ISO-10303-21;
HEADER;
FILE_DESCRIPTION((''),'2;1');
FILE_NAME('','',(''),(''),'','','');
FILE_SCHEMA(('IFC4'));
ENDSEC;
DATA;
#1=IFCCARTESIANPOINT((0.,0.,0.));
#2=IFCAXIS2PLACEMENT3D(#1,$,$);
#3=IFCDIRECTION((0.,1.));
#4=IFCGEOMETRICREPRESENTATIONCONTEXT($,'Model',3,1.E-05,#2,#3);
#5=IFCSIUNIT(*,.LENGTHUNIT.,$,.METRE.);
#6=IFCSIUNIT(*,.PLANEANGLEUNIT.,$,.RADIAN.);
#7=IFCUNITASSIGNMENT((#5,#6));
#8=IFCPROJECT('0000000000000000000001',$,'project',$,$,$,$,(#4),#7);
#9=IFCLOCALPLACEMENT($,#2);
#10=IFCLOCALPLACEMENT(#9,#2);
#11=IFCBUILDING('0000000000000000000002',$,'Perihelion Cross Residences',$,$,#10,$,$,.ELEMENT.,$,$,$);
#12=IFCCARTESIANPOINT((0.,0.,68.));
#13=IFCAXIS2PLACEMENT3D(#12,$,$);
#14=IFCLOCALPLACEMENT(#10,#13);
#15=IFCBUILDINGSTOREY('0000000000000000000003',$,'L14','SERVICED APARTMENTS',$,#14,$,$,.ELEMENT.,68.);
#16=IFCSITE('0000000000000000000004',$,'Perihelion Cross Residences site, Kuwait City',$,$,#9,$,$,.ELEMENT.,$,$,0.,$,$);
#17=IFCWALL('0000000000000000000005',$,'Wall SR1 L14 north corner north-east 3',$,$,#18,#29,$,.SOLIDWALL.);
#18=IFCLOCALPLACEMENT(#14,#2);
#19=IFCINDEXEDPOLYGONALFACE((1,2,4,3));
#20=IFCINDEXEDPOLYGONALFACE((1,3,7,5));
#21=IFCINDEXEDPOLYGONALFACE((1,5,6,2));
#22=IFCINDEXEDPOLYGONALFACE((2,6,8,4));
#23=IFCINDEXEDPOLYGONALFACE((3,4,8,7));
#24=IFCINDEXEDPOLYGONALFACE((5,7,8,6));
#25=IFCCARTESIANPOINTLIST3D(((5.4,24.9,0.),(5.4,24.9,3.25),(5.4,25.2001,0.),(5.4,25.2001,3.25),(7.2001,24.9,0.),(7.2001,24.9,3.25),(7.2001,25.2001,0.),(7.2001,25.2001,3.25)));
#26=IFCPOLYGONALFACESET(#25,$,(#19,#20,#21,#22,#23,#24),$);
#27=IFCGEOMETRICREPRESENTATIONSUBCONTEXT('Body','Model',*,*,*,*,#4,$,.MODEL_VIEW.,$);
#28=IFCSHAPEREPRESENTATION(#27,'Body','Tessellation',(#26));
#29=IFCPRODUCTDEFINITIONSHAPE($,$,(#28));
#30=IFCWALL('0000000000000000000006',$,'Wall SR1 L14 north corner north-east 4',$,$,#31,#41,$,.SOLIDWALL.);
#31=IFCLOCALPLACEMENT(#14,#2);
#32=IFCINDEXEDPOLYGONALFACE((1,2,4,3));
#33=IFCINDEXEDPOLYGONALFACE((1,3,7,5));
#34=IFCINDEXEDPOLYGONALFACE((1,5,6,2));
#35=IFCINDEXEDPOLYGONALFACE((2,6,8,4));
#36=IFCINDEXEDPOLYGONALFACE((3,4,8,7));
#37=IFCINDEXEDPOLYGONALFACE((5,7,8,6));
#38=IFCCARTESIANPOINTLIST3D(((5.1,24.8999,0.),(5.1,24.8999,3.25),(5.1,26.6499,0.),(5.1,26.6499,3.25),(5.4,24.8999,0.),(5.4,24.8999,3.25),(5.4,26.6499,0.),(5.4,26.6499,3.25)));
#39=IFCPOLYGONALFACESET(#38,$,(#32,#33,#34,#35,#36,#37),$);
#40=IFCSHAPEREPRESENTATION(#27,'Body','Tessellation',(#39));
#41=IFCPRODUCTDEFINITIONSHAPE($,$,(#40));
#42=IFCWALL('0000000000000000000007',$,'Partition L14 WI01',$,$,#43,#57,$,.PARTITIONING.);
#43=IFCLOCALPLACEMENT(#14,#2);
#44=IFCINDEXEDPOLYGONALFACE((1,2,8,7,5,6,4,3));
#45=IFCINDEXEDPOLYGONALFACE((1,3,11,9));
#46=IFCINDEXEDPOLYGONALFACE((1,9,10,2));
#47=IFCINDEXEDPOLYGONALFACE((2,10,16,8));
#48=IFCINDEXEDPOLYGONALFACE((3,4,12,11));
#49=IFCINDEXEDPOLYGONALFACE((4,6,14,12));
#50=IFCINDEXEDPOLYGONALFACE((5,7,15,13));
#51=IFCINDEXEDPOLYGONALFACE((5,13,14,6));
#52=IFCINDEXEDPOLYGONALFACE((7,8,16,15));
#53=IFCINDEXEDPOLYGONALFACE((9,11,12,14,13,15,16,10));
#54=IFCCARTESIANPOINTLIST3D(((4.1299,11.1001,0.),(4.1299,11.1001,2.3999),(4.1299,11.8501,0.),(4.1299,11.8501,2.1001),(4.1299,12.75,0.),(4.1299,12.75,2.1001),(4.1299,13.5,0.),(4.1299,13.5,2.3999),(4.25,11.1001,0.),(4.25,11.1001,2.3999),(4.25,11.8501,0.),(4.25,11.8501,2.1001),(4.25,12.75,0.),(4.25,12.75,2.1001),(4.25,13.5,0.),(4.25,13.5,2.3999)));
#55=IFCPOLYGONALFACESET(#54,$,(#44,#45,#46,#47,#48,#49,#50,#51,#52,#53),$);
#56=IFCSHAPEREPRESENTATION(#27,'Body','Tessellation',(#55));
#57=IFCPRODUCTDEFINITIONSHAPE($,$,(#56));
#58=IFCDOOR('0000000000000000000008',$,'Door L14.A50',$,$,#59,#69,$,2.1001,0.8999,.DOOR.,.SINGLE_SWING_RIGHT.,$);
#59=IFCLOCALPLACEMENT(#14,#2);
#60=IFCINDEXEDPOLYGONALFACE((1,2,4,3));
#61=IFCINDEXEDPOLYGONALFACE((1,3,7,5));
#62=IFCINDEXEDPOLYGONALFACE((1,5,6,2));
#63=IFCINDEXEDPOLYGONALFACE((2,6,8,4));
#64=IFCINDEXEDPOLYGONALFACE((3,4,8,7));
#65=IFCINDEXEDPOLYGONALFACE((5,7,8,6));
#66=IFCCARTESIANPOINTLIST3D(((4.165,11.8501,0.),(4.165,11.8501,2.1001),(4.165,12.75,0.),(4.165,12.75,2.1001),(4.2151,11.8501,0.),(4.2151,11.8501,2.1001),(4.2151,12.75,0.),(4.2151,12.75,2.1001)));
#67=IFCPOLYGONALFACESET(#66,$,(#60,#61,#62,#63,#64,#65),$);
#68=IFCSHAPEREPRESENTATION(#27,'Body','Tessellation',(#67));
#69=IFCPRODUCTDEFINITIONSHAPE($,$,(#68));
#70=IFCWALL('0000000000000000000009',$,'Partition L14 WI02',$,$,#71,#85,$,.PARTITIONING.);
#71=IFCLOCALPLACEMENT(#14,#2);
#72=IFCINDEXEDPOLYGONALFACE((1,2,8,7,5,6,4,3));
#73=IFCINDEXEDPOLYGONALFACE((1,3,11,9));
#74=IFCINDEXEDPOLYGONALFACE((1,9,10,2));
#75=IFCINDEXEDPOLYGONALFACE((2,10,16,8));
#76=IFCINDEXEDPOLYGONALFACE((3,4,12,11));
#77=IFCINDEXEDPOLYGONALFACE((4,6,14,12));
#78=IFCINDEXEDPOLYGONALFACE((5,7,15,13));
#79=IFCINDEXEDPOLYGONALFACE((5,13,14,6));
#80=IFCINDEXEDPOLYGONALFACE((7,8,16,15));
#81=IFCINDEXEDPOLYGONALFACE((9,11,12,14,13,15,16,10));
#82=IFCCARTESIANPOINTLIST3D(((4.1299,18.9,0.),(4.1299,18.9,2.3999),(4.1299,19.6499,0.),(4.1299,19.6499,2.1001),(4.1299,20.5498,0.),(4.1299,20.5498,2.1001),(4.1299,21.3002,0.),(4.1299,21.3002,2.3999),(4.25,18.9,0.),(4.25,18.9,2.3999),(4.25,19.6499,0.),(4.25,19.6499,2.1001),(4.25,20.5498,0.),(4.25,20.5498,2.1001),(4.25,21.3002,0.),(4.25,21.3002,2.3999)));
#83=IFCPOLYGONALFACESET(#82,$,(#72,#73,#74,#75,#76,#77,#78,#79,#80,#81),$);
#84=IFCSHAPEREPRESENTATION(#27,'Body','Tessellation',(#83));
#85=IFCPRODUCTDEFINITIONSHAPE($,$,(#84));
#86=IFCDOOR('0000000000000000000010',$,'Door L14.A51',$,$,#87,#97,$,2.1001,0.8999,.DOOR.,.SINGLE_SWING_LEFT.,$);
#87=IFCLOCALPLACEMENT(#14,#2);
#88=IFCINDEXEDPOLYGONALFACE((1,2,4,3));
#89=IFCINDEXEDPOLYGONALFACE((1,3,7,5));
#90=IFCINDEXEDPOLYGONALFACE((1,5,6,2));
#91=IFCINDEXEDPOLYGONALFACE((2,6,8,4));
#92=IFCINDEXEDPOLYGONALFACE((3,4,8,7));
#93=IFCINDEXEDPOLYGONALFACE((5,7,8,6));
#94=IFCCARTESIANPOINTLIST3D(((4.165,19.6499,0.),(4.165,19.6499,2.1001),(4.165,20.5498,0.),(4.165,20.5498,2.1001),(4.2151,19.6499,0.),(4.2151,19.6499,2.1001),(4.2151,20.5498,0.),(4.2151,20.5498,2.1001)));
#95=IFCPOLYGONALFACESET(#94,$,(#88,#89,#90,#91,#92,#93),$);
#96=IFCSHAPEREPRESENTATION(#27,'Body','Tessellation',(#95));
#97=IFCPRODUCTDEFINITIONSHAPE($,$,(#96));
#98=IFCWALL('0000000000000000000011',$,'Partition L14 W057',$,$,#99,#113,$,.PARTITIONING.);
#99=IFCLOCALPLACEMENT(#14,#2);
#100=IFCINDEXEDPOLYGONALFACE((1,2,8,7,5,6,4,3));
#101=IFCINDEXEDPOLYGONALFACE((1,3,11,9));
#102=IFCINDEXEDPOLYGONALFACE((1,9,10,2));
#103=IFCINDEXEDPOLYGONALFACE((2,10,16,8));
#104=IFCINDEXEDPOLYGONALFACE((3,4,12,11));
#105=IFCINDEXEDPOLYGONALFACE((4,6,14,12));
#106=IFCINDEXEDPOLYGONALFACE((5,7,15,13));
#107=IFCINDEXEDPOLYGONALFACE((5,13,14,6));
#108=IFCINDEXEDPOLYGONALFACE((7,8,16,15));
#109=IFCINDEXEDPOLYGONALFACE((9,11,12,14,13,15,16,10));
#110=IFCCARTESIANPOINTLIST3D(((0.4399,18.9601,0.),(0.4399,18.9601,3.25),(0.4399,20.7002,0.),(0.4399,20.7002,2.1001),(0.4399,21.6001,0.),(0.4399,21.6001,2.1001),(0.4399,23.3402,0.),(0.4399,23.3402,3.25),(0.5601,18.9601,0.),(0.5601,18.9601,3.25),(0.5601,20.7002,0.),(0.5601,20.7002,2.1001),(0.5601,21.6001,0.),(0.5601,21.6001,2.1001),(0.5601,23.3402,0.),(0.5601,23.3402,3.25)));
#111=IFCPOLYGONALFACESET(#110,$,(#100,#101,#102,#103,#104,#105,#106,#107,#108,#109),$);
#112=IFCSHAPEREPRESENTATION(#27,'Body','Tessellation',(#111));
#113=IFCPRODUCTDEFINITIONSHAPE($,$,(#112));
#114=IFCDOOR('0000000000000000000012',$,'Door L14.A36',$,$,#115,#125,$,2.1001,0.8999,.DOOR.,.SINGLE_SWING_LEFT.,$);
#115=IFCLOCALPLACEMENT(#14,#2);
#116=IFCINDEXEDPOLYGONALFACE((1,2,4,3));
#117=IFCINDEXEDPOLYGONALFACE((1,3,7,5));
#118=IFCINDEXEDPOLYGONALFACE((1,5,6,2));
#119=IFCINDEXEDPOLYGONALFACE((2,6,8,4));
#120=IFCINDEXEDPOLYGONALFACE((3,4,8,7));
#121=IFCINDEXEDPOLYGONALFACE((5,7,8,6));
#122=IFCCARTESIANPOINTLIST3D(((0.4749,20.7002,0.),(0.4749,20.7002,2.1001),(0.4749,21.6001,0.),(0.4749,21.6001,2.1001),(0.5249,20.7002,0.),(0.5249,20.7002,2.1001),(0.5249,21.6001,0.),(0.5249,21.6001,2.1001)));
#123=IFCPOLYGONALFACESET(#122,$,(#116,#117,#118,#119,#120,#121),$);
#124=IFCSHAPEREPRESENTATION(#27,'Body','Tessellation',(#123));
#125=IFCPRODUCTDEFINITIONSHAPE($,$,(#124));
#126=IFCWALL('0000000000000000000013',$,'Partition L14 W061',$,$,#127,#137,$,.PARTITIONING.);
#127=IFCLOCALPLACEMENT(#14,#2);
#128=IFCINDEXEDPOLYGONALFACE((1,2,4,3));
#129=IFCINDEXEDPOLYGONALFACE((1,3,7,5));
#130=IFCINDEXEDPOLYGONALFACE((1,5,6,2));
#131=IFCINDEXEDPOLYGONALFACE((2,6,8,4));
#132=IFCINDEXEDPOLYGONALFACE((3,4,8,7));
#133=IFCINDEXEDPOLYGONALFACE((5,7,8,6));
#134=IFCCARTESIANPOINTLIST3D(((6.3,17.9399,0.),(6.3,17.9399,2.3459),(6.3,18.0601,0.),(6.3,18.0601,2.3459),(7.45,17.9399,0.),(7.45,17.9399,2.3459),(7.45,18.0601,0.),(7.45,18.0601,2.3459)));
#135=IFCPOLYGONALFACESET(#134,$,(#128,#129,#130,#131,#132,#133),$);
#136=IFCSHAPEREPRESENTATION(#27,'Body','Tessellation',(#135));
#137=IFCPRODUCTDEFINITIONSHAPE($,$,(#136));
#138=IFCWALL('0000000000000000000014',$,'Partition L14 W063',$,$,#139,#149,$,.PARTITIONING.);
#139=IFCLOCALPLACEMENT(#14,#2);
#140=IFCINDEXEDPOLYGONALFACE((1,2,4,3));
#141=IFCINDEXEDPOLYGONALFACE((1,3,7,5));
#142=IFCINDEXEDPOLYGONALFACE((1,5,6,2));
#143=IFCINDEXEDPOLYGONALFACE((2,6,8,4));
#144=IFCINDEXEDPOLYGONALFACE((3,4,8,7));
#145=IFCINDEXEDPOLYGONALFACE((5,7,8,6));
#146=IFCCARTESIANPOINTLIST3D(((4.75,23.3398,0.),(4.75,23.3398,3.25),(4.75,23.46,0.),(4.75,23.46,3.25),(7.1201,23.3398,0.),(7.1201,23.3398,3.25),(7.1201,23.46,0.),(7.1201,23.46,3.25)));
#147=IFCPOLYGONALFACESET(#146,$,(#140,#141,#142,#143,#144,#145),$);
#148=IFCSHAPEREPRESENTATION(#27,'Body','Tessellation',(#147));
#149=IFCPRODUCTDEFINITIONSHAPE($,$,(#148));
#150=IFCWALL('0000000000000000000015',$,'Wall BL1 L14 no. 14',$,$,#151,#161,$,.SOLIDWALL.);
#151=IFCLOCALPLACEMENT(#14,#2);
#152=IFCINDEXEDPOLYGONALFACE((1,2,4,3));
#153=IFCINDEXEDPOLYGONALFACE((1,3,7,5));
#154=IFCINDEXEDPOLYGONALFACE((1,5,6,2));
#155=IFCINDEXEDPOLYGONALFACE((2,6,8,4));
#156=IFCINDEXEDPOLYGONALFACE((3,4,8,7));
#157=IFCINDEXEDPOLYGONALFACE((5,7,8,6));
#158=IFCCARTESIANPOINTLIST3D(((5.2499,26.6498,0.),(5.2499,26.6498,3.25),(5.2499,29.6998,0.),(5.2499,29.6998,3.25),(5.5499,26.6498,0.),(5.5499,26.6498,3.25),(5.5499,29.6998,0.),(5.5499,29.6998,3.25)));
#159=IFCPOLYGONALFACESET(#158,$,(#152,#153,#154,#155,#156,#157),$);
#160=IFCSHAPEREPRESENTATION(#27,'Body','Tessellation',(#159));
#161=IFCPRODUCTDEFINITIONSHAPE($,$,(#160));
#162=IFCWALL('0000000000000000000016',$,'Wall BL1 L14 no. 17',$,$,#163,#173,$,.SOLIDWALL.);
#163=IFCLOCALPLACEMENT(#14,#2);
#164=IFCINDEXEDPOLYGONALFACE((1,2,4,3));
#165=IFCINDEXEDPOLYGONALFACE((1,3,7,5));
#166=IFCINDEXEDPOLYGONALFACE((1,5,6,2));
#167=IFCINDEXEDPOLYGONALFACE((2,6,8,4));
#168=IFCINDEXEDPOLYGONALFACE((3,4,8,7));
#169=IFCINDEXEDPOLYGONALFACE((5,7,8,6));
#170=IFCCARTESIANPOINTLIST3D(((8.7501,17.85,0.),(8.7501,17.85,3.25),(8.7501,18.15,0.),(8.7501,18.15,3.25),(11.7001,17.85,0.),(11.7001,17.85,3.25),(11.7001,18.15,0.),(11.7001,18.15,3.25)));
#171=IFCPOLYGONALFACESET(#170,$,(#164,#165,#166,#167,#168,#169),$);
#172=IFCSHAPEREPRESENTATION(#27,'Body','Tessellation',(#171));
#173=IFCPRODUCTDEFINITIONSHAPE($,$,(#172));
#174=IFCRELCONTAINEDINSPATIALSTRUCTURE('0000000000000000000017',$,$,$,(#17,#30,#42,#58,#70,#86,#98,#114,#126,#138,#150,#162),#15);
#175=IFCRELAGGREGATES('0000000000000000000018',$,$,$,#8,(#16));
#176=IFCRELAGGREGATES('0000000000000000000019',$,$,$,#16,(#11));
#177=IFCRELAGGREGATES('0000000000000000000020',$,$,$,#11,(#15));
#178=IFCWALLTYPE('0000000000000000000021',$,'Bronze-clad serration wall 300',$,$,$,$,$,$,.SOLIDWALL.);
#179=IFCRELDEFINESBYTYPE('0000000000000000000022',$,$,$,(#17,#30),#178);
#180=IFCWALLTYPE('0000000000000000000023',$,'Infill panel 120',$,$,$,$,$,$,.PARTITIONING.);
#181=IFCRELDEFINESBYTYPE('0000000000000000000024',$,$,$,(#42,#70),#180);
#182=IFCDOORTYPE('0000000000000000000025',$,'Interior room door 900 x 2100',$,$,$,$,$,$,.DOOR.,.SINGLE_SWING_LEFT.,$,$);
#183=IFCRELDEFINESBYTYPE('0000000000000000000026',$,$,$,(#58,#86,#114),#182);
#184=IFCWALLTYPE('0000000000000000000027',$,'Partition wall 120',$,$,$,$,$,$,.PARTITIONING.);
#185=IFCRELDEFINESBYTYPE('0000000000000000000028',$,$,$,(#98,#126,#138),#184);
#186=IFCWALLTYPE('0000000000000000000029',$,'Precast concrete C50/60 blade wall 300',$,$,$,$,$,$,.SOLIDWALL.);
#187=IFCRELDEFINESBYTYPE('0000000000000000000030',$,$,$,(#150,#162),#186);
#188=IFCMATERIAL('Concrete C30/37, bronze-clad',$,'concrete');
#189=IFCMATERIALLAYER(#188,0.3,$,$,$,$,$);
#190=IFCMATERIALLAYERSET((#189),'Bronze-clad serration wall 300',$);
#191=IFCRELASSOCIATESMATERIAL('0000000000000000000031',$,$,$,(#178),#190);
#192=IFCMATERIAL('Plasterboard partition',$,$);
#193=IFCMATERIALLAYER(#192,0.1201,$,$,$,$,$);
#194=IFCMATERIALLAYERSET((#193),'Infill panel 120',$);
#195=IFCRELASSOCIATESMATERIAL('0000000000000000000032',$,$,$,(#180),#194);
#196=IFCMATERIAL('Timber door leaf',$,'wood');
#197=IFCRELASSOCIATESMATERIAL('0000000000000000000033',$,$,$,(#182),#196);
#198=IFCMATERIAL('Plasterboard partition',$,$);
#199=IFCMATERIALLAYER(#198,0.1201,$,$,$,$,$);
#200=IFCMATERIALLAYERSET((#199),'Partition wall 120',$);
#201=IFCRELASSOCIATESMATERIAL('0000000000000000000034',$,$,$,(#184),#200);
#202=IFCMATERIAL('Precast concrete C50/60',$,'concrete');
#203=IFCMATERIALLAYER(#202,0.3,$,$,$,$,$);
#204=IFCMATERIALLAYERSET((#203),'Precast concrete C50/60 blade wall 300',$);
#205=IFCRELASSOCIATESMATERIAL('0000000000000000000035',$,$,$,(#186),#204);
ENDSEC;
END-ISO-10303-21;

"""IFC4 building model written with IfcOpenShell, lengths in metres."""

from ifc_helpers import new_model, si_unit, direction, frame, frame_2d, origin, place, context, subcontext, project, spatial, rectangle, extrude, material, layer, layer_set, type_object, element, fill, save


model = new_model("IFC4")

# Units and contexts
model_context = context("Model", 3, precision=1e-05, world=origin(), true_north=direction((0.0, 1.0)))
body_context = subcontext(model_context, "Body", "Model", "MODEL_VIEW")
ifc_project = project(units=[si_unit("LENGTHUNIT", "METRE"), si_unit("PLANEANGLEUNIT", "RADIAN")], contexts=[model_context])

# Site, building, storey
site_placement = place(None, origin())
site = spatial("IfcSite", under=ifc_project, at=site_placement, Name="Perihelion Cross Residences site, Kuwait City", CompositionType="ELEMENT", RefElevation=0.0)
building_placement = place(site_placement, origin())
building = spatial("IfcBuilding", under=site, at=building_placement, Name="Perihelion Cross Residences", CompositionType="ELEMENT")
storey_placement = place(building_placement, frame((0.0, 0.0, 68.0)))
storey = spatial("IfcBuildingStorey", under=building, at=storey_placement, Name="L14", Description="SERVICED APARTMENTS", CompositionType="ELEMENT", Elevation=68.0)

# Walls
ifc_material_1 = material(Name="Concrete C30/37, bronze-clad", Category="concrete")
ifc_layer_1 = layer(ifc_material_1, 0.3)
ifc_layer_set_1 = layer_set([ifc_layer_1], Name="Bronze-clad serration wall 300")
wall_type_1 = type_object("IfcWallType", Name="Bronze-clad serration wall 300", PredefinedType="SOLIDWALL", material=ifc_layer_set_1)
wall_1_placement = place(storey_placement, frame((7.2, 25.05, 0.0), z_axis=(0.0, 0.0, 1.0), x_axis=(-1.0, 0.0, 0.0)))
element("IfcWall", 1, at=wall_1_placement, inside=storey, type_object=wall_type_1, Name="Wall SR1 L14 north corner north-east 3", PredefinedType="SOLIDWALL", context=body_context, shape_type="SweptSolid", body=[
    extrude(rectangle(XDim=1.8, YDim=0.3, at=frame_2d((0.8999, 0.0))), origin(), (0.0, 0.0, 1.0), 3.25),
])
wall_2_placement = place(storey_placement, frame((5.25, 24.8999, 0.0), z_axis=(0.0, 0.0, 1.0), x_axis=(0.0, 1.0, 0.0)))
element("IfcWall", 2, at=wall_2_placement, inside=storey, type_object=wall_type_1, Name="Wall SR1 L14 north corner north-east 4", PredefinedType="SOLIDWALL", context=body_context, shape_type="SweptSolid", body=[
    extrude(rectangle(XDim=1.75, YDim=0.3, at=frame_2d((0.875, 0.0))), origin(), (0.0, 0.0, 1.0), 3.25),
])

# Walls, openings, doors
ifc_material_2 = material(Name="Plasterboard partition")
ifc_layer_2 = layer(ifc_material_2, 0.1201)
ifc_layer_set_2 = layer_set([ifc_layer_2], Name="Infill panel 120")
wall_type_2 = type_object("IfcWallType", Name="Infill panel 120", PredefinedType="PARTITIONING", material=ifc_layer_set_2)
wall_3_placement = place(storey_placement, frame((4.1899, 11.1001, 0.0), z_axis=(0.0, 0.0, 1.0), x_axis=(0.0, 1.0, 0.0)))
wall_3 = element("IfcWall", 3, at=wall_3_placement, inside=storey, type_object=wall_type_2, Name="Partition L14 WI01", PredefinedType="PARTITIONING", context=body_context, shape_type="SweptSolid", body=[
    extrude(rectangle(XDim=2.3999, YDim=0.1201, at=frame_2d((1.2, 0.0))), origin(), (0.0, 0.0, 1.0), 2.3999),
])
opening_1_placement = place(wall_3_placement, frame((0.75, 0.0, 0.0)))
opening_1 = element("IfcOpeningElement", 4, at=opening_1_placement, cuts=wall_3, PredefinedType="OPENING", context=body_context, shape_type="SweptSolid", body=[
    extrude(rectangle(XDim=0.8999, YDim=2.1001, at=frame_2d((0.45, 1.05))), frame((0.0, 0.0701, 0.0), z_axis=(0.0, -1.0, 0.0), x_axis=(1.0, 0.0, 0.0)), (0.0, 0.0, 1.0), 0.1401),
])
ifc_material_3 = material(Name="Timber door leaf", Category="wood")
door_type_1 = type_object("IfcDoorType", Name="Interior room door 900 x 2100", OperationType="SINGLE_SWING_LEFT", PredefinedType="DOOR", material=ifc_material_3)
door_1_placement = place(opening_1_placement, origin())
door_1 = element("IfcDoor", 5, at=door_1_placement, inside=storey, type_object=door_type_1, Name="Door L14.A50", OperationType="SINGLE_SWING_RIGHT", OverallHeight=2.1001, OverallWidth=0.8999, PredefinedType="DOOR", context=body_context, shape_type="SweptSolid", body=[
    extrude(rectangle(XDim=0.8999, YDim=2.1001, at=frame_2d((0.45, 1.05))), frame((0.0, 0.0249, 0.0), z_axis=(0.0, -1.0, 0.0), x_axis=(1.0, 0.0, 0.0)), (0.0, 0.0, 1.0), 0.05),
])
fill(opening_1, door_1)
wall_4_placement = place(storey_placement, frame((4.1899, 18.8999, 0.0), z_axis=(0.0, 0.0, 1.0), x_axis=(0.0, 1.0, 0.0)))
wall_4 = element("IfcWall", 6, at=wall_4_placement, inside=storey, type_object=wall_type_2, Name="Partition L14 WI02", PredefinedType="PARTITIONING", context=body_context, shape_type="SweptSolid", body=[
    extrude(rectangle(XDim=2.4001, YDim=0.1201, at=frame_2d((1.2002, 0.0))), origin(), (0.0, 0.0, 1.0), 2.3999),
])
opening_2_placement = place(wall_4_placement, frame((0.75, 0.0, 0.0)))
opening_2 = element("IfcOpeningElement", 7, at=opening_2_placement, cuts=wall_4, PredefinedType="OPENING", context=body_context, shape_type="SweptSolid", body=[
    extrude(rectangle(XDim=0.8999, YDim=2.1001, at=frame_2d((0.45, 1.05))), frame((0.0, 0.0701, 0.0), z_axis=(0.0, -1.0, 0.0), x_axis=(1.0, 0.0, 0.0)), (0.0, 0.0, 1.0), 0.1401),
])
door_2_placement = place(opening_2_placement, origin())
door_2 = element("IfcDoor", 8, at=door_2_placement, inside=storey, type_object=door_type_1, Name="Door L14.A51", OperationType="SINGLE_SWING_LEFT", OverallHeight=2.1001, OverallWidth=0.8999, PredefinedType="DOOR", context=body_context, shape_type="SweptSolid", body=[
    extrude(rectangle(XDim=0.8999, YDim=2.1001, at=frame_2d((0.45, 1.05))), frame((0.0, 0.0249, 0.0), z_axis=(0.0, -1.0, 0.0), x_axis=(1.0, 0.0, 0.0)), (0.0, 0.0, 1.0), 0.05),
])
fill(opening_2, door_2)
ifc_material_4 = material(Name="Plasterboard partition")
ifc_layer_3 = layer(ifc_material_4, 0.1201)
ifc_layer_set_3 = layer_set([ifc_layer_3], Name="Partition wall 120")
wall_type_3 = type_object("IfcWallType", Name="Partition wall 120", PredefinedType="PARTITIONING", material=ifc_layer_set_3)
wall_5_placement = place(storey_placement, frame((0.5, 23.3401, 0.0), z_axis=(0.0, 0.0, 1.0), x_axis=(0.0, -1.0, 0.0)))
wall_5 = element("IfcWall", 9, at=wall_5_placement, inside=storey, type_object=wall_type_3, Name="Partition L14 W057", PredefinedType="PARTITIONING", context=body_context, shape_type="SweptSolid", body=[
    extrude(rectangle(XDim=4.3801, YDim=0.1201, at=frame_2d((2.1899, 0.0))), origin(), (0.0, 0.0, 1.0), 3.25),
])
opening_3_placement = place(wall_5_placement, frame((1.74, 0.0, 0.0)))
opening_3 = element("IfcOpeningElement", 10, at=opening_3_placement, cuts=wall_5, PredefinedType="OPENING", context=body_context, shape_type="SweptSolid", body=[
    extrude(rectangle(XDim=0.8999, YDim=2.1001, at=frame_2d((0.45, 1.05))), frame((0.0, 0.0701, 0.0), z_axis=(0.0, -1.0, 0.0), x_axis=(1.0, 0.0, 0.0)), (0.0, 0.0, 1.0), 0.1401),
])
door_3_placement = place(opening_3_placement, origin())
door_3 = element("IfcDoor", 11, at=door_3_placement, inside=storey, type_object=door_type_1, Name="Door L14.A36", OperationType="SINGLE_SWING_LEFT", OverallHeight=2.1001, OverallWidth=0.8999, PredefinedType="DOOR", context=body_context, shape_type="SweptSolid", body=[
    extrude(rectangle(XDim=0.8999, YDim=2.1001, at=frame_2d((0.45, 1.05))), frame((0.0, 0.0249, 0.0), z_axis=(0.0, -1.0, 0.0), x_axis=(1.0, 0.0, 0.0)), (0.0, 0.0, 1.0), 0.05),
])
fill(opening_3, door_3)

# Walls
wall_6_placement = place(storey_placement, frame((6.3, 18.0, 0.0), z_axis=(0.0, 0.0, 1.0), x_axis=(1.0, 0.0, 0.0)))
element("IfcWall", 12, at=wall_6_placement, inside=storey, type_object=wall_type_3, Name="Partition L14 W061", PredefinedType="PARTITIONING", context=body_context, shape_type="SweptSolid", body=[
    extrude(rectangle(XDim=1.1499, YDim=0.1201, at=frame_2d((0.575, 0.0))), origin(), (0.0, 0.0, 1.0), 2.3459),
])
wall_7_placement = place(storey_placement, frame((4.75, 23.3999, 0.0), z_axis=(0.0, 0.0, 1.0), x_axis=(1.0, 0.0, 0.0)))
element("IfcWall", 13, at=wall_7_placement, inside=storey, type_object=wall_type_3, Name="Partition L14 W063", PredefinedType="PARTITIONING", context=body_context, shape_type="SweptSolid", body=[
    extrude(rectangle(XDim=2.3701, YDim=0.1201, at=frame_2d((1.1851, 0.0))), origin(), (0.0, 0.0, 1.0), 3.25),
])
ifc_material_5 = material(Name="Precast concrete C50/60", Category="concrete")
ifc_layer_4 = layer(ifc_material_5, 0.3)
ifc_layer_set_4 = layer_set([ifc_layer_4], Name="Precast concrete C50/60 blade wall 300")
wall_type_4 = type_object("IfcWallType", Name="Precast concrete C50/60 blade wall 300", PredefinedType="SOLIDWALL", material=ifc_layer_set_4)
wall_8_placement = place(storey_placement, frame((5.3999, 26.6499, 0.0), z_axis=(0.0, 0.0, 1.0), x_axis=(0.0, 1.0, 0.0)))
element("IfcWall", 14, at=wall_8_placement, inside=storey, type_object=wall_type_4, Name="Wall BL1 L14 no. 14", PredefinedType="SOLIDWALL", context=body_context, shape_type="SweptSolid", body=[
    extrude(rectangle(XDim=3.05, YDim=0.3, at=frame_2d((1.5249, 0.0))), origin(), (0.0, 0.0, 1.0), 3.25),
])
wall_9_placement = place(storey_placement, frame((8.75, 18.0, 0.0), z_axis=(0.0, 0.0, 1.0), x_axis=(1.0, 0.0, 0.0)))
element("IfcWall", 15, at=wall_9_placement, inside=storey, type_object=wall_type_4, Name="Wall BL1 L14 no. 17", PredefinedType="SOLIDWALL", context=body_context, shape_type="SweptSolid", body=[
    extrude(rectangle(XDim=2.95, YDim=0.3, at=frame_2d((1.4751, 0.0))), origin(), (0.0, 0.0, 1.0), 3.25),
])

save(model, "model.ifc")
